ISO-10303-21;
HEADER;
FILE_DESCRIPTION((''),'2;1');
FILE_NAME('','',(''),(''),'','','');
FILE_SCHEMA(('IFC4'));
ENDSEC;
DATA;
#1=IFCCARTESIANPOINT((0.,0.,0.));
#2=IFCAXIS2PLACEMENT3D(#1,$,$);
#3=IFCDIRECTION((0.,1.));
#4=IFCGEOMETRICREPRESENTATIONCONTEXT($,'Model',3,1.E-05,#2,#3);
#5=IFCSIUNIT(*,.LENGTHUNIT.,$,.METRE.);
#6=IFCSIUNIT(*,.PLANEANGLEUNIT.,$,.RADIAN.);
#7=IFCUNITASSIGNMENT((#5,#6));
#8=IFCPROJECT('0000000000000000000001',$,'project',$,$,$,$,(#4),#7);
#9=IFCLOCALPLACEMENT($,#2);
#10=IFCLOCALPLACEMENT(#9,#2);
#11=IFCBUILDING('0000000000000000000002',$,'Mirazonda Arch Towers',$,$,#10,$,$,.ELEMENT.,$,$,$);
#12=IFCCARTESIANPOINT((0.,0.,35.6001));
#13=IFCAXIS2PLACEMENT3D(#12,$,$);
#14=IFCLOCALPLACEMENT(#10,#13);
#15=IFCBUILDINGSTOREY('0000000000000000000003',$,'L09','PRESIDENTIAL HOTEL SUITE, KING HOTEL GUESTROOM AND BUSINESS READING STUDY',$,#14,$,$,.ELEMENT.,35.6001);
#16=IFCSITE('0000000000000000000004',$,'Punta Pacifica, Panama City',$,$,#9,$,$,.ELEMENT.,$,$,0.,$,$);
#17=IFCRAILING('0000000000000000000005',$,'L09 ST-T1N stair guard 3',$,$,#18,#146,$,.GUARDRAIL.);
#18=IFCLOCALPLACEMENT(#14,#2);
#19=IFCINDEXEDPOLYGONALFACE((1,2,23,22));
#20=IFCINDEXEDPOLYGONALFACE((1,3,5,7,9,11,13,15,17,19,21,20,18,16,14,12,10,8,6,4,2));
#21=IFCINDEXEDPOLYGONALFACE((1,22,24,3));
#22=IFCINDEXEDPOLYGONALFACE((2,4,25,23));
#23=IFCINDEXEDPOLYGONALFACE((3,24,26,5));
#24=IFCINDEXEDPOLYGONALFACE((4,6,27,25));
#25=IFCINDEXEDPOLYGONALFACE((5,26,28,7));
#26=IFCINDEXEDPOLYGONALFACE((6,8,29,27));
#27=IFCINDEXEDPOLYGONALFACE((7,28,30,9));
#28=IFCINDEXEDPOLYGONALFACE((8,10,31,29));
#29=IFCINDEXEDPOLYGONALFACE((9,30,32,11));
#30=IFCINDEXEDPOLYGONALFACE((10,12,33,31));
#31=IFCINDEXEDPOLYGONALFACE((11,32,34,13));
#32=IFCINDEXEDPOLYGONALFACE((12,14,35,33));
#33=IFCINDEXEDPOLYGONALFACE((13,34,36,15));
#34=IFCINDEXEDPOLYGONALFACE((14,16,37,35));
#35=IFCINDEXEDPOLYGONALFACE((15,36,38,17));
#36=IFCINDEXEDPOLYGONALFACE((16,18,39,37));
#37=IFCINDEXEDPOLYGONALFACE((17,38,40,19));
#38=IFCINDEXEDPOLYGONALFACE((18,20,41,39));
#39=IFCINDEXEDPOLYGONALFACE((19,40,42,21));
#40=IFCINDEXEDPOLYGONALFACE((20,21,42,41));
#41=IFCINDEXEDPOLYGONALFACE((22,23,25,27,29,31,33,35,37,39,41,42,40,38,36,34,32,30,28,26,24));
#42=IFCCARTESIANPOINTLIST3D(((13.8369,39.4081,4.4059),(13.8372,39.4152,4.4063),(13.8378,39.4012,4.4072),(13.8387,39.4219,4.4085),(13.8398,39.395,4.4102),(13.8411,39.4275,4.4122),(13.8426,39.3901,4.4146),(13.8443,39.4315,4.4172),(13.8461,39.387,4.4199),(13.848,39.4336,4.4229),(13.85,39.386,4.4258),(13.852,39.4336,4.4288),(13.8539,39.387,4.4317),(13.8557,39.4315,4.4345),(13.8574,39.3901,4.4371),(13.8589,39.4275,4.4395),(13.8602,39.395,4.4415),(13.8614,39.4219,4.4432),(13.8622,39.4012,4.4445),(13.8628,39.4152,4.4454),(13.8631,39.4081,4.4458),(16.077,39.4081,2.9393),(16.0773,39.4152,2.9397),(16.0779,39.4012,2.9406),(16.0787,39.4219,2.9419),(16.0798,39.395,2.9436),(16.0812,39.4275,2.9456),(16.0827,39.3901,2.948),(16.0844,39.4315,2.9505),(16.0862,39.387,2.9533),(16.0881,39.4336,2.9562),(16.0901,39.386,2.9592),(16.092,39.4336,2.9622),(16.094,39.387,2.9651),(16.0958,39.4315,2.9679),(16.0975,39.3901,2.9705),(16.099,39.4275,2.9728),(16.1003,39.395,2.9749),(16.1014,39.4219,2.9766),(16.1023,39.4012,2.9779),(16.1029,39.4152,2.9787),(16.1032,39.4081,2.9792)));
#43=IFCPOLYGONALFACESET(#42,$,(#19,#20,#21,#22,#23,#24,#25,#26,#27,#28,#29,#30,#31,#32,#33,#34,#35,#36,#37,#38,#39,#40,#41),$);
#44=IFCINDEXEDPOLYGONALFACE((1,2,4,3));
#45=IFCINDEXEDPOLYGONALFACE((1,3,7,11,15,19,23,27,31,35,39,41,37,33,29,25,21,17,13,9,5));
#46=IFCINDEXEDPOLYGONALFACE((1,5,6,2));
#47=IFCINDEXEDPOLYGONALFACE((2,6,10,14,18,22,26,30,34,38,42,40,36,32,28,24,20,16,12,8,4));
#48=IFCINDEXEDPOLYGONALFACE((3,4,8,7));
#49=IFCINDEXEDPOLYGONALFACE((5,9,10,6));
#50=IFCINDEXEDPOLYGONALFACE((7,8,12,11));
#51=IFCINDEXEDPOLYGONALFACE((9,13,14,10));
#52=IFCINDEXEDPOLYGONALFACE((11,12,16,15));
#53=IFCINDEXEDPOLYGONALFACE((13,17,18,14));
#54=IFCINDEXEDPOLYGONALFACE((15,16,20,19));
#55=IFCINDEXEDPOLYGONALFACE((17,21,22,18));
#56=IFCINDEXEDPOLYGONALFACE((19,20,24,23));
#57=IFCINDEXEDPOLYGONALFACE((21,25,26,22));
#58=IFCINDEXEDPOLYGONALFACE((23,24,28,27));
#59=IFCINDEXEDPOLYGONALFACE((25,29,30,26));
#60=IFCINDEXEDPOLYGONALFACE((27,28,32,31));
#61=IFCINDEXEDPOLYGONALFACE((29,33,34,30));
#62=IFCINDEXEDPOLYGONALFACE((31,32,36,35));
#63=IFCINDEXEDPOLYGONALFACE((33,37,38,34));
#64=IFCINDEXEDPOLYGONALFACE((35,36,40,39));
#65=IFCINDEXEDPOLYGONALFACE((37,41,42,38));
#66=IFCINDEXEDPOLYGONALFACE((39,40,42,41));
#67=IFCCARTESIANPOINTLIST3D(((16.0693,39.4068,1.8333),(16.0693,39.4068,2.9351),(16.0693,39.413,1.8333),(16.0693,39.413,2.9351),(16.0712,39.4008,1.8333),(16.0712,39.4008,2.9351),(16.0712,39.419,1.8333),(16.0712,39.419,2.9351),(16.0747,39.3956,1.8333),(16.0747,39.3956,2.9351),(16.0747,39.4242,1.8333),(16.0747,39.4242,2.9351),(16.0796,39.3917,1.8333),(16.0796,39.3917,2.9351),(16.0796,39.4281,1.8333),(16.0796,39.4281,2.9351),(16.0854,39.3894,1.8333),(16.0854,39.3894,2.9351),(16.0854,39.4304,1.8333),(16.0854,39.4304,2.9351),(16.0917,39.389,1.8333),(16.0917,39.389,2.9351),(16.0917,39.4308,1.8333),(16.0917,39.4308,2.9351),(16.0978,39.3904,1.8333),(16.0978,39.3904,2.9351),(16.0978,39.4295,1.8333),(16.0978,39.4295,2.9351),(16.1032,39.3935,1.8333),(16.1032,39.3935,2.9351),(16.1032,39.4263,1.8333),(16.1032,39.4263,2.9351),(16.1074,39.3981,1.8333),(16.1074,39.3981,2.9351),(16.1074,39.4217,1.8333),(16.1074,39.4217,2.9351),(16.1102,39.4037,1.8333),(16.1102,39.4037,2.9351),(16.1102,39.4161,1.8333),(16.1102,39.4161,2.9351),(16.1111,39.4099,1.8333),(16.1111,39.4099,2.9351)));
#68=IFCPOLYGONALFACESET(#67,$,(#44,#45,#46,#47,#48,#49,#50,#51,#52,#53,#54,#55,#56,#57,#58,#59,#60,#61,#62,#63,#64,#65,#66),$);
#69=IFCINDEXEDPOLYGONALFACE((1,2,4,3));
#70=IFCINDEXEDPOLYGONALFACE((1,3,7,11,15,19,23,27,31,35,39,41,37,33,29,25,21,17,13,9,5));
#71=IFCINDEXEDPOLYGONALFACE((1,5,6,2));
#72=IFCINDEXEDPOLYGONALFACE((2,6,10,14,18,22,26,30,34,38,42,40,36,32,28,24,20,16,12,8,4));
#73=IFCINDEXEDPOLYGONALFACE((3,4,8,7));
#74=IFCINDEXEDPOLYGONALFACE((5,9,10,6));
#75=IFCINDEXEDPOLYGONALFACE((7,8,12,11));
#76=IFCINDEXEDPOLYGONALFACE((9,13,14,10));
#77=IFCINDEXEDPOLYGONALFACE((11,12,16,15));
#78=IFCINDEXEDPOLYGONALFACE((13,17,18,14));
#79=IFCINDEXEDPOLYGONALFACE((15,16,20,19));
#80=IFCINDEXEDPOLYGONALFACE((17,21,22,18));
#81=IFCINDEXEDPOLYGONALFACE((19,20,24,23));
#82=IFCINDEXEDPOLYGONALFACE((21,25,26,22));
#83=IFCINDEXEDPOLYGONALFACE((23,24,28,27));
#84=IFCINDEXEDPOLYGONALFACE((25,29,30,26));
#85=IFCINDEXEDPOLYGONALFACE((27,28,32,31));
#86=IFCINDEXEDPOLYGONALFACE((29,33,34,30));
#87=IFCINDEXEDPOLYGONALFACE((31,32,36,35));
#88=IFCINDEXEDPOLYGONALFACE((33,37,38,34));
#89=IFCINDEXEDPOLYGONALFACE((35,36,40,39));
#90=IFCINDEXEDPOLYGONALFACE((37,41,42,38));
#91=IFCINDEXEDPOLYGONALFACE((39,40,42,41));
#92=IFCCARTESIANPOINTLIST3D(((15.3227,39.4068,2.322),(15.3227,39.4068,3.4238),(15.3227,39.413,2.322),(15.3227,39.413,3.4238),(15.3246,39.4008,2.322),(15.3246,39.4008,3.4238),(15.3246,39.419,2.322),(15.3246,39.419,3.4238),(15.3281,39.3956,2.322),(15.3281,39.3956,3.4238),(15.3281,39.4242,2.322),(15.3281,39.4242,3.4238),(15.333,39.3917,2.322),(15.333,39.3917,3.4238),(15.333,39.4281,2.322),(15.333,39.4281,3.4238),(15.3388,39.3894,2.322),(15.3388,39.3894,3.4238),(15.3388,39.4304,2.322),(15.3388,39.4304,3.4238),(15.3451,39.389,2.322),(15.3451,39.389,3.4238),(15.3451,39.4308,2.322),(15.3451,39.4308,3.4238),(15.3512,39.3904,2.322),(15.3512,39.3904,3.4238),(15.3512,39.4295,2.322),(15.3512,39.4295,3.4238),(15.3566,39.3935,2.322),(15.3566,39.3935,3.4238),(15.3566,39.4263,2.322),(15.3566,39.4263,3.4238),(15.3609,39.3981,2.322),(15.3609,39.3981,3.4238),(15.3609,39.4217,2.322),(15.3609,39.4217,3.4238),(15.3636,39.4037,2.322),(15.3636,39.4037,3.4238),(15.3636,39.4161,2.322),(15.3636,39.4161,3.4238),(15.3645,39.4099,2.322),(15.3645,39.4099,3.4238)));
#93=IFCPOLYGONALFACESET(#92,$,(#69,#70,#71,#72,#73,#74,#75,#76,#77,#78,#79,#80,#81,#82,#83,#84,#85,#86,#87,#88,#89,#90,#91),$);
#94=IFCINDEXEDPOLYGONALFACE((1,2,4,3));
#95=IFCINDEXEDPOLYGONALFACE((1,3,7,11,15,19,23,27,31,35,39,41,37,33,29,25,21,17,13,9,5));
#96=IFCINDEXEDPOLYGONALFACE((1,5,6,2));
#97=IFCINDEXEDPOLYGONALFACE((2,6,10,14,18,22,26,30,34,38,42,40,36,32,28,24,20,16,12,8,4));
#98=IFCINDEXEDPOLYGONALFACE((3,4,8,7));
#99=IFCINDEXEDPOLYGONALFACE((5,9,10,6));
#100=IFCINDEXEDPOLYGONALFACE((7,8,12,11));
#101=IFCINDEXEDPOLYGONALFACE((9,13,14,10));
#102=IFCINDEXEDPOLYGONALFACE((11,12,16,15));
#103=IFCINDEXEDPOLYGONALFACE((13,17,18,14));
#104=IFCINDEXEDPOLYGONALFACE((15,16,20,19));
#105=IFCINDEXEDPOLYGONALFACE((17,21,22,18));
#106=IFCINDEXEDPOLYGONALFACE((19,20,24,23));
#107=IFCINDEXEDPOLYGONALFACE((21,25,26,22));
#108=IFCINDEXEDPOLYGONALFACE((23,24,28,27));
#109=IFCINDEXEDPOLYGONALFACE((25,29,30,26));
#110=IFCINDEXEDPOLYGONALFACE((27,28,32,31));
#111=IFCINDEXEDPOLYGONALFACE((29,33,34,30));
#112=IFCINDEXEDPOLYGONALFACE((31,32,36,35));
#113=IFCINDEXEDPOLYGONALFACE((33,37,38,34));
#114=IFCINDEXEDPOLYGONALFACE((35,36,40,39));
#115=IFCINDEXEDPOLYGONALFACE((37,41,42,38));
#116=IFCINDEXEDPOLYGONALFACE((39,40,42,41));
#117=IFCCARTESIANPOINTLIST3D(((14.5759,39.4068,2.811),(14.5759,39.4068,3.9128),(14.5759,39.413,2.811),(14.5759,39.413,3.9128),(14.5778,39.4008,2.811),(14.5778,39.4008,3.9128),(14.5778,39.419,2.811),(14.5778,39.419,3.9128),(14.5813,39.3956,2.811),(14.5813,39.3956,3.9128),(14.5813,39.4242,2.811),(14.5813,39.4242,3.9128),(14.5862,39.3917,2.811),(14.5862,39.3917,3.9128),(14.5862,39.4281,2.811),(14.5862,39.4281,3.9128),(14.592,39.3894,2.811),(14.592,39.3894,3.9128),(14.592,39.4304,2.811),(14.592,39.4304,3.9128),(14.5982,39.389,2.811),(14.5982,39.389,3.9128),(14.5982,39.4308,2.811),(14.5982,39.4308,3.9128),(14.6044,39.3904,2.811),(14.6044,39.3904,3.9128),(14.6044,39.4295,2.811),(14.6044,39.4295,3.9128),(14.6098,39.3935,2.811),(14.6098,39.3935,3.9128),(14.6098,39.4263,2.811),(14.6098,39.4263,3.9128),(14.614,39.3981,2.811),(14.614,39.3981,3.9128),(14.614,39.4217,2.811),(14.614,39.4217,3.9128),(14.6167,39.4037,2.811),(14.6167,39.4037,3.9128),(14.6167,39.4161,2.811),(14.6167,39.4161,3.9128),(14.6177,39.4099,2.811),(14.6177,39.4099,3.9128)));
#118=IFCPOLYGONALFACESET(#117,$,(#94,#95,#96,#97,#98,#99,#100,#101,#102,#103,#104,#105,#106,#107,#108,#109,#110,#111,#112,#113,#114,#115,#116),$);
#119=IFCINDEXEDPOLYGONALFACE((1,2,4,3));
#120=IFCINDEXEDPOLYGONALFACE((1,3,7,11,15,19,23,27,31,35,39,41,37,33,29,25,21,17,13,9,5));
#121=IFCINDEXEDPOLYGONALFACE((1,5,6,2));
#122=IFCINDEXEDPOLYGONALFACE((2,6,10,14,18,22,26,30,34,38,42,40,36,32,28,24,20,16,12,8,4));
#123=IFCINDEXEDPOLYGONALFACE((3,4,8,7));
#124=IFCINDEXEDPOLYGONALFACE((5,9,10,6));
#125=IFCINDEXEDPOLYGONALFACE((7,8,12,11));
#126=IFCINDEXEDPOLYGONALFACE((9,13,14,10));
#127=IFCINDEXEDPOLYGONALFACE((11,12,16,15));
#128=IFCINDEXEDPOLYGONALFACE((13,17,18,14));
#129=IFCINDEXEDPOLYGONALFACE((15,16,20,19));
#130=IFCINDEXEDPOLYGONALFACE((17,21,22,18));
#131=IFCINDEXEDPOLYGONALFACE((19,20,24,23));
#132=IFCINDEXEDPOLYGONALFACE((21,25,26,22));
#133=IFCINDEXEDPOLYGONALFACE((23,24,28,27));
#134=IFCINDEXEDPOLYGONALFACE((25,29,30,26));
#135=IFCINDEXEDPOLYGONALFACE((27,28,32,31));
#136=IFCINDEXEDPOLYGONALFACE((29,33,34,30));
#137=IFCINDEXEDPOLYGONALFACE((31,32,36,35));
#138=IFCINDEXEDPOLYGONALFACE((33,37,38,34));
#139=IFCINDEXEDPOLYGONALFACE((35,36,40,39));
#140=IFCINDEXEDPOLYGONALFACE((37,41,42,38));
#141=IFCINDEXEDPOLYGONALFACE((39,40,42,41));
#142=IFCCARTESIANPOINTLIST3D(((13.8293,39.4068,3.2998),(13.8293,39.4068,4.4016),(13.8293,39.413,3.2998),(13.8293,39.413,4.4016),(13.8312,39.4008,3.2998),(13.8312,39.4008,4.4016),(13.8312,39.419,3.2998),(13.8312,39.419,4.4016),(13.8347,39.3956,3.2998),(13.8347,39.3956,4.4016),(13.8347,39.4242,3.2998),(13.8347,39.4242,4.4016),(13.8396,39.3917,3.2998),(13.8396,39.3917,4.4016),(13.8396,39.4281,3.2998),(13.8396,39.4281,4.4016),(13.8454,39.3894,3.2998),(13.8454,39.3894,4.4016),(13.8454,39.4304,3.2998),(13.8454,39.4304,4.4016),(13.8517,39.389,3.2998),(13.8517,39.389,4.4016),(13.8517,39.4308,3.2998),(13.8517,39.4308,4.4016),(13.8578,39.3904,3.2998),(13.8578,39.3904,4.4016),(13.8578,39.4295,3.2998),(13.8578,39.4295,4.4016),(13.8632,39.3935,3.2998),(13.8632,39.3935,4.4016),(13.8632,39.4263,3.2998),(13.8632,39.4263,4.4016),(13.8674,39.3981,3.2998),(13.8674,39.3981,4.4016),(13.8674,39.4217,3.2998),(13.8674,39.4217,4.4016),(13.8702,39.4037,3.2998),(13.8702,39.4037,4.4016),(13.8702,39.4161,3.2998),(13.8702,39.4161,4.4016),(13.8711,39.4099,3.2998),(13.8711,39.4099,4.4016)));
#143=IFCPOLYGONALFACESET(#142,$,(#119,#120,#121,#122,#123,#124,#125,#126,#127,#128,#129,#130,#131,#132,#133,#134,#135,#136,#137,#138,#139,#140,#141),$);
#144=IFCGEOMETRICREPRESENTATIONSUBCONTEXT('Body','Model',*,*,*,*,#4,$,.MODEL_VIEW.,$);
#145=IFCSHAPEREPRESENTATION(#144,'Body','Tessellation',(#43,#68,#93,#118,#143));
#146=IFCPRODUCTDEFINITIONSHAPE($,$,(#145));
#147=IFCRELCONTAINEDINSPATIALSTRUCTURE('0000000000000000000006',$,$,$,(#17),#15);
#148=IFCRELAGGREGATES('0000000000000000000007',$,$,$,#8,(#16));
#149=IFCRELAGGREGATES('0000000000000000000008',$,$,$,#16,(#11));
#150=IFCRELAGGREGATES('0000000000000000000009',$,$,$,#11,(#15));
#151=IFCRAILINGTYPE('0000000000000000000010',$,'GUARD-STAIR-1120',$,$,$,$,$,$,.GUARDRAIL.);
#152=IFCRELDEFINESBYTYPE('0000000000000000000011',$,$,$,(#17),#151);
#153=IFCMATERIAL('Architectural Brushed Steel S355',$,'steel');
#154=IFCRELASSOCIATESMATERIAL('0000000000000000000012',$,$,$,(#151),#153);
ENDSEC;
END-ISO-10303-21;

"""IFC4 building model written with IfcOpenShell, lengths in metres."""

from ifc_helpers import new_model, si_unit, direction, frame, origin, origin_2d, place, context, subcontext, project, spatial, circle, extrude, material, type_object, element, save


model = new_model("IFC4")

# Units and contexts
model_context = context("Model", 3, precision=1e-05, world=origin(), true_north=direction((0.0, 1.0)))
body_context = subcontext(model_context, "Body", "Model", "MODEL_VIEW")
ifc_project = project(units=[si_unit("LENGTHUNIT", "METRE"), si_unit("PLANEANGLEUNIT", "RADIAN")], contexts=[model_context])

# Site, building, storey
site_placement = place(None, origin())
site = spatial("IfcSite", under=ifc_project, at=site_placement, Name="Punta Pacifica, Panama City", CompositionType="ELEMENT", RefElevation=0.0)
building_placement = place(site_placement, origin())
building = spatial("IfcBuilding", under=site, at=building_placement, Name="Mirazonda Arch Towers", CompositionType="ELEMENT")
storey_placement = place(building_placement, frame((0.0, 0.0, 35.6001)))
storey = spatial("IfcBuildingStorey", under=building, at=storey_placement, Name="L09", Description="PRESIDENTIAL HOTEL SUITE, KING HOTEL GUESTROOM AND BUSINESS READING STUDY", CompositionType="ELEMENT", Elevation=35.6001)

# Shared definitions
ifc_material_1 = material(Name="Architectural Brushed Steel S355", Category="steel")

# Railing
railing_type_1 = type_object("IfcRailingType", Name="GUARD-STAIR-1120", PredefinedType="GUARDRAIL", material=ifc_material_1)
railing_1_placement = place(storey_placement, frame((16.0901, 39.4099, 1.8333)))
element("IfcRailing", 1, at=railing_1_placement, inside=storey, type_object=railing_type_1, Name="L09 ST-T1N stair guard 3", PredefinedType="GUARDRAIL", context=body_context, shape_type="SweptSolid", body=[
    extrude(circle(Radius=0.0239, at=origin_2d()), frame((0.0, 0.0, 1.126), z_axis=(-0.836637, 0.0, 0.547758), x_axis=(0.0, -1.0, 0.0)), (0.0, 0.0, 1.0), 2.6775),
    extrude(circle(Radius=0.021, at=origin_2d()), origin(), (0.0, 0.0, 1.0), 1.1018),
    extrude(circle(Radius=0.021, at=origin_2d()), frame((-0.7466, 0.0, 0.4888)), (0.0, 0.0, 1.0), 1.1018),
    extrude(circle(Radius=0.021, at=origin_2d()), frame((-1.4934, 0.0, 0.9778)), (0.0, 0.0, 1.0), 1.1018),
    extrude(circle(Radius=0.021, at=origin_2d()), frame((-2.24, 0.0, 1.4666)), (0.0, 0.0, 1.0), 1.1018),
])

save(model, "model.ifc")
